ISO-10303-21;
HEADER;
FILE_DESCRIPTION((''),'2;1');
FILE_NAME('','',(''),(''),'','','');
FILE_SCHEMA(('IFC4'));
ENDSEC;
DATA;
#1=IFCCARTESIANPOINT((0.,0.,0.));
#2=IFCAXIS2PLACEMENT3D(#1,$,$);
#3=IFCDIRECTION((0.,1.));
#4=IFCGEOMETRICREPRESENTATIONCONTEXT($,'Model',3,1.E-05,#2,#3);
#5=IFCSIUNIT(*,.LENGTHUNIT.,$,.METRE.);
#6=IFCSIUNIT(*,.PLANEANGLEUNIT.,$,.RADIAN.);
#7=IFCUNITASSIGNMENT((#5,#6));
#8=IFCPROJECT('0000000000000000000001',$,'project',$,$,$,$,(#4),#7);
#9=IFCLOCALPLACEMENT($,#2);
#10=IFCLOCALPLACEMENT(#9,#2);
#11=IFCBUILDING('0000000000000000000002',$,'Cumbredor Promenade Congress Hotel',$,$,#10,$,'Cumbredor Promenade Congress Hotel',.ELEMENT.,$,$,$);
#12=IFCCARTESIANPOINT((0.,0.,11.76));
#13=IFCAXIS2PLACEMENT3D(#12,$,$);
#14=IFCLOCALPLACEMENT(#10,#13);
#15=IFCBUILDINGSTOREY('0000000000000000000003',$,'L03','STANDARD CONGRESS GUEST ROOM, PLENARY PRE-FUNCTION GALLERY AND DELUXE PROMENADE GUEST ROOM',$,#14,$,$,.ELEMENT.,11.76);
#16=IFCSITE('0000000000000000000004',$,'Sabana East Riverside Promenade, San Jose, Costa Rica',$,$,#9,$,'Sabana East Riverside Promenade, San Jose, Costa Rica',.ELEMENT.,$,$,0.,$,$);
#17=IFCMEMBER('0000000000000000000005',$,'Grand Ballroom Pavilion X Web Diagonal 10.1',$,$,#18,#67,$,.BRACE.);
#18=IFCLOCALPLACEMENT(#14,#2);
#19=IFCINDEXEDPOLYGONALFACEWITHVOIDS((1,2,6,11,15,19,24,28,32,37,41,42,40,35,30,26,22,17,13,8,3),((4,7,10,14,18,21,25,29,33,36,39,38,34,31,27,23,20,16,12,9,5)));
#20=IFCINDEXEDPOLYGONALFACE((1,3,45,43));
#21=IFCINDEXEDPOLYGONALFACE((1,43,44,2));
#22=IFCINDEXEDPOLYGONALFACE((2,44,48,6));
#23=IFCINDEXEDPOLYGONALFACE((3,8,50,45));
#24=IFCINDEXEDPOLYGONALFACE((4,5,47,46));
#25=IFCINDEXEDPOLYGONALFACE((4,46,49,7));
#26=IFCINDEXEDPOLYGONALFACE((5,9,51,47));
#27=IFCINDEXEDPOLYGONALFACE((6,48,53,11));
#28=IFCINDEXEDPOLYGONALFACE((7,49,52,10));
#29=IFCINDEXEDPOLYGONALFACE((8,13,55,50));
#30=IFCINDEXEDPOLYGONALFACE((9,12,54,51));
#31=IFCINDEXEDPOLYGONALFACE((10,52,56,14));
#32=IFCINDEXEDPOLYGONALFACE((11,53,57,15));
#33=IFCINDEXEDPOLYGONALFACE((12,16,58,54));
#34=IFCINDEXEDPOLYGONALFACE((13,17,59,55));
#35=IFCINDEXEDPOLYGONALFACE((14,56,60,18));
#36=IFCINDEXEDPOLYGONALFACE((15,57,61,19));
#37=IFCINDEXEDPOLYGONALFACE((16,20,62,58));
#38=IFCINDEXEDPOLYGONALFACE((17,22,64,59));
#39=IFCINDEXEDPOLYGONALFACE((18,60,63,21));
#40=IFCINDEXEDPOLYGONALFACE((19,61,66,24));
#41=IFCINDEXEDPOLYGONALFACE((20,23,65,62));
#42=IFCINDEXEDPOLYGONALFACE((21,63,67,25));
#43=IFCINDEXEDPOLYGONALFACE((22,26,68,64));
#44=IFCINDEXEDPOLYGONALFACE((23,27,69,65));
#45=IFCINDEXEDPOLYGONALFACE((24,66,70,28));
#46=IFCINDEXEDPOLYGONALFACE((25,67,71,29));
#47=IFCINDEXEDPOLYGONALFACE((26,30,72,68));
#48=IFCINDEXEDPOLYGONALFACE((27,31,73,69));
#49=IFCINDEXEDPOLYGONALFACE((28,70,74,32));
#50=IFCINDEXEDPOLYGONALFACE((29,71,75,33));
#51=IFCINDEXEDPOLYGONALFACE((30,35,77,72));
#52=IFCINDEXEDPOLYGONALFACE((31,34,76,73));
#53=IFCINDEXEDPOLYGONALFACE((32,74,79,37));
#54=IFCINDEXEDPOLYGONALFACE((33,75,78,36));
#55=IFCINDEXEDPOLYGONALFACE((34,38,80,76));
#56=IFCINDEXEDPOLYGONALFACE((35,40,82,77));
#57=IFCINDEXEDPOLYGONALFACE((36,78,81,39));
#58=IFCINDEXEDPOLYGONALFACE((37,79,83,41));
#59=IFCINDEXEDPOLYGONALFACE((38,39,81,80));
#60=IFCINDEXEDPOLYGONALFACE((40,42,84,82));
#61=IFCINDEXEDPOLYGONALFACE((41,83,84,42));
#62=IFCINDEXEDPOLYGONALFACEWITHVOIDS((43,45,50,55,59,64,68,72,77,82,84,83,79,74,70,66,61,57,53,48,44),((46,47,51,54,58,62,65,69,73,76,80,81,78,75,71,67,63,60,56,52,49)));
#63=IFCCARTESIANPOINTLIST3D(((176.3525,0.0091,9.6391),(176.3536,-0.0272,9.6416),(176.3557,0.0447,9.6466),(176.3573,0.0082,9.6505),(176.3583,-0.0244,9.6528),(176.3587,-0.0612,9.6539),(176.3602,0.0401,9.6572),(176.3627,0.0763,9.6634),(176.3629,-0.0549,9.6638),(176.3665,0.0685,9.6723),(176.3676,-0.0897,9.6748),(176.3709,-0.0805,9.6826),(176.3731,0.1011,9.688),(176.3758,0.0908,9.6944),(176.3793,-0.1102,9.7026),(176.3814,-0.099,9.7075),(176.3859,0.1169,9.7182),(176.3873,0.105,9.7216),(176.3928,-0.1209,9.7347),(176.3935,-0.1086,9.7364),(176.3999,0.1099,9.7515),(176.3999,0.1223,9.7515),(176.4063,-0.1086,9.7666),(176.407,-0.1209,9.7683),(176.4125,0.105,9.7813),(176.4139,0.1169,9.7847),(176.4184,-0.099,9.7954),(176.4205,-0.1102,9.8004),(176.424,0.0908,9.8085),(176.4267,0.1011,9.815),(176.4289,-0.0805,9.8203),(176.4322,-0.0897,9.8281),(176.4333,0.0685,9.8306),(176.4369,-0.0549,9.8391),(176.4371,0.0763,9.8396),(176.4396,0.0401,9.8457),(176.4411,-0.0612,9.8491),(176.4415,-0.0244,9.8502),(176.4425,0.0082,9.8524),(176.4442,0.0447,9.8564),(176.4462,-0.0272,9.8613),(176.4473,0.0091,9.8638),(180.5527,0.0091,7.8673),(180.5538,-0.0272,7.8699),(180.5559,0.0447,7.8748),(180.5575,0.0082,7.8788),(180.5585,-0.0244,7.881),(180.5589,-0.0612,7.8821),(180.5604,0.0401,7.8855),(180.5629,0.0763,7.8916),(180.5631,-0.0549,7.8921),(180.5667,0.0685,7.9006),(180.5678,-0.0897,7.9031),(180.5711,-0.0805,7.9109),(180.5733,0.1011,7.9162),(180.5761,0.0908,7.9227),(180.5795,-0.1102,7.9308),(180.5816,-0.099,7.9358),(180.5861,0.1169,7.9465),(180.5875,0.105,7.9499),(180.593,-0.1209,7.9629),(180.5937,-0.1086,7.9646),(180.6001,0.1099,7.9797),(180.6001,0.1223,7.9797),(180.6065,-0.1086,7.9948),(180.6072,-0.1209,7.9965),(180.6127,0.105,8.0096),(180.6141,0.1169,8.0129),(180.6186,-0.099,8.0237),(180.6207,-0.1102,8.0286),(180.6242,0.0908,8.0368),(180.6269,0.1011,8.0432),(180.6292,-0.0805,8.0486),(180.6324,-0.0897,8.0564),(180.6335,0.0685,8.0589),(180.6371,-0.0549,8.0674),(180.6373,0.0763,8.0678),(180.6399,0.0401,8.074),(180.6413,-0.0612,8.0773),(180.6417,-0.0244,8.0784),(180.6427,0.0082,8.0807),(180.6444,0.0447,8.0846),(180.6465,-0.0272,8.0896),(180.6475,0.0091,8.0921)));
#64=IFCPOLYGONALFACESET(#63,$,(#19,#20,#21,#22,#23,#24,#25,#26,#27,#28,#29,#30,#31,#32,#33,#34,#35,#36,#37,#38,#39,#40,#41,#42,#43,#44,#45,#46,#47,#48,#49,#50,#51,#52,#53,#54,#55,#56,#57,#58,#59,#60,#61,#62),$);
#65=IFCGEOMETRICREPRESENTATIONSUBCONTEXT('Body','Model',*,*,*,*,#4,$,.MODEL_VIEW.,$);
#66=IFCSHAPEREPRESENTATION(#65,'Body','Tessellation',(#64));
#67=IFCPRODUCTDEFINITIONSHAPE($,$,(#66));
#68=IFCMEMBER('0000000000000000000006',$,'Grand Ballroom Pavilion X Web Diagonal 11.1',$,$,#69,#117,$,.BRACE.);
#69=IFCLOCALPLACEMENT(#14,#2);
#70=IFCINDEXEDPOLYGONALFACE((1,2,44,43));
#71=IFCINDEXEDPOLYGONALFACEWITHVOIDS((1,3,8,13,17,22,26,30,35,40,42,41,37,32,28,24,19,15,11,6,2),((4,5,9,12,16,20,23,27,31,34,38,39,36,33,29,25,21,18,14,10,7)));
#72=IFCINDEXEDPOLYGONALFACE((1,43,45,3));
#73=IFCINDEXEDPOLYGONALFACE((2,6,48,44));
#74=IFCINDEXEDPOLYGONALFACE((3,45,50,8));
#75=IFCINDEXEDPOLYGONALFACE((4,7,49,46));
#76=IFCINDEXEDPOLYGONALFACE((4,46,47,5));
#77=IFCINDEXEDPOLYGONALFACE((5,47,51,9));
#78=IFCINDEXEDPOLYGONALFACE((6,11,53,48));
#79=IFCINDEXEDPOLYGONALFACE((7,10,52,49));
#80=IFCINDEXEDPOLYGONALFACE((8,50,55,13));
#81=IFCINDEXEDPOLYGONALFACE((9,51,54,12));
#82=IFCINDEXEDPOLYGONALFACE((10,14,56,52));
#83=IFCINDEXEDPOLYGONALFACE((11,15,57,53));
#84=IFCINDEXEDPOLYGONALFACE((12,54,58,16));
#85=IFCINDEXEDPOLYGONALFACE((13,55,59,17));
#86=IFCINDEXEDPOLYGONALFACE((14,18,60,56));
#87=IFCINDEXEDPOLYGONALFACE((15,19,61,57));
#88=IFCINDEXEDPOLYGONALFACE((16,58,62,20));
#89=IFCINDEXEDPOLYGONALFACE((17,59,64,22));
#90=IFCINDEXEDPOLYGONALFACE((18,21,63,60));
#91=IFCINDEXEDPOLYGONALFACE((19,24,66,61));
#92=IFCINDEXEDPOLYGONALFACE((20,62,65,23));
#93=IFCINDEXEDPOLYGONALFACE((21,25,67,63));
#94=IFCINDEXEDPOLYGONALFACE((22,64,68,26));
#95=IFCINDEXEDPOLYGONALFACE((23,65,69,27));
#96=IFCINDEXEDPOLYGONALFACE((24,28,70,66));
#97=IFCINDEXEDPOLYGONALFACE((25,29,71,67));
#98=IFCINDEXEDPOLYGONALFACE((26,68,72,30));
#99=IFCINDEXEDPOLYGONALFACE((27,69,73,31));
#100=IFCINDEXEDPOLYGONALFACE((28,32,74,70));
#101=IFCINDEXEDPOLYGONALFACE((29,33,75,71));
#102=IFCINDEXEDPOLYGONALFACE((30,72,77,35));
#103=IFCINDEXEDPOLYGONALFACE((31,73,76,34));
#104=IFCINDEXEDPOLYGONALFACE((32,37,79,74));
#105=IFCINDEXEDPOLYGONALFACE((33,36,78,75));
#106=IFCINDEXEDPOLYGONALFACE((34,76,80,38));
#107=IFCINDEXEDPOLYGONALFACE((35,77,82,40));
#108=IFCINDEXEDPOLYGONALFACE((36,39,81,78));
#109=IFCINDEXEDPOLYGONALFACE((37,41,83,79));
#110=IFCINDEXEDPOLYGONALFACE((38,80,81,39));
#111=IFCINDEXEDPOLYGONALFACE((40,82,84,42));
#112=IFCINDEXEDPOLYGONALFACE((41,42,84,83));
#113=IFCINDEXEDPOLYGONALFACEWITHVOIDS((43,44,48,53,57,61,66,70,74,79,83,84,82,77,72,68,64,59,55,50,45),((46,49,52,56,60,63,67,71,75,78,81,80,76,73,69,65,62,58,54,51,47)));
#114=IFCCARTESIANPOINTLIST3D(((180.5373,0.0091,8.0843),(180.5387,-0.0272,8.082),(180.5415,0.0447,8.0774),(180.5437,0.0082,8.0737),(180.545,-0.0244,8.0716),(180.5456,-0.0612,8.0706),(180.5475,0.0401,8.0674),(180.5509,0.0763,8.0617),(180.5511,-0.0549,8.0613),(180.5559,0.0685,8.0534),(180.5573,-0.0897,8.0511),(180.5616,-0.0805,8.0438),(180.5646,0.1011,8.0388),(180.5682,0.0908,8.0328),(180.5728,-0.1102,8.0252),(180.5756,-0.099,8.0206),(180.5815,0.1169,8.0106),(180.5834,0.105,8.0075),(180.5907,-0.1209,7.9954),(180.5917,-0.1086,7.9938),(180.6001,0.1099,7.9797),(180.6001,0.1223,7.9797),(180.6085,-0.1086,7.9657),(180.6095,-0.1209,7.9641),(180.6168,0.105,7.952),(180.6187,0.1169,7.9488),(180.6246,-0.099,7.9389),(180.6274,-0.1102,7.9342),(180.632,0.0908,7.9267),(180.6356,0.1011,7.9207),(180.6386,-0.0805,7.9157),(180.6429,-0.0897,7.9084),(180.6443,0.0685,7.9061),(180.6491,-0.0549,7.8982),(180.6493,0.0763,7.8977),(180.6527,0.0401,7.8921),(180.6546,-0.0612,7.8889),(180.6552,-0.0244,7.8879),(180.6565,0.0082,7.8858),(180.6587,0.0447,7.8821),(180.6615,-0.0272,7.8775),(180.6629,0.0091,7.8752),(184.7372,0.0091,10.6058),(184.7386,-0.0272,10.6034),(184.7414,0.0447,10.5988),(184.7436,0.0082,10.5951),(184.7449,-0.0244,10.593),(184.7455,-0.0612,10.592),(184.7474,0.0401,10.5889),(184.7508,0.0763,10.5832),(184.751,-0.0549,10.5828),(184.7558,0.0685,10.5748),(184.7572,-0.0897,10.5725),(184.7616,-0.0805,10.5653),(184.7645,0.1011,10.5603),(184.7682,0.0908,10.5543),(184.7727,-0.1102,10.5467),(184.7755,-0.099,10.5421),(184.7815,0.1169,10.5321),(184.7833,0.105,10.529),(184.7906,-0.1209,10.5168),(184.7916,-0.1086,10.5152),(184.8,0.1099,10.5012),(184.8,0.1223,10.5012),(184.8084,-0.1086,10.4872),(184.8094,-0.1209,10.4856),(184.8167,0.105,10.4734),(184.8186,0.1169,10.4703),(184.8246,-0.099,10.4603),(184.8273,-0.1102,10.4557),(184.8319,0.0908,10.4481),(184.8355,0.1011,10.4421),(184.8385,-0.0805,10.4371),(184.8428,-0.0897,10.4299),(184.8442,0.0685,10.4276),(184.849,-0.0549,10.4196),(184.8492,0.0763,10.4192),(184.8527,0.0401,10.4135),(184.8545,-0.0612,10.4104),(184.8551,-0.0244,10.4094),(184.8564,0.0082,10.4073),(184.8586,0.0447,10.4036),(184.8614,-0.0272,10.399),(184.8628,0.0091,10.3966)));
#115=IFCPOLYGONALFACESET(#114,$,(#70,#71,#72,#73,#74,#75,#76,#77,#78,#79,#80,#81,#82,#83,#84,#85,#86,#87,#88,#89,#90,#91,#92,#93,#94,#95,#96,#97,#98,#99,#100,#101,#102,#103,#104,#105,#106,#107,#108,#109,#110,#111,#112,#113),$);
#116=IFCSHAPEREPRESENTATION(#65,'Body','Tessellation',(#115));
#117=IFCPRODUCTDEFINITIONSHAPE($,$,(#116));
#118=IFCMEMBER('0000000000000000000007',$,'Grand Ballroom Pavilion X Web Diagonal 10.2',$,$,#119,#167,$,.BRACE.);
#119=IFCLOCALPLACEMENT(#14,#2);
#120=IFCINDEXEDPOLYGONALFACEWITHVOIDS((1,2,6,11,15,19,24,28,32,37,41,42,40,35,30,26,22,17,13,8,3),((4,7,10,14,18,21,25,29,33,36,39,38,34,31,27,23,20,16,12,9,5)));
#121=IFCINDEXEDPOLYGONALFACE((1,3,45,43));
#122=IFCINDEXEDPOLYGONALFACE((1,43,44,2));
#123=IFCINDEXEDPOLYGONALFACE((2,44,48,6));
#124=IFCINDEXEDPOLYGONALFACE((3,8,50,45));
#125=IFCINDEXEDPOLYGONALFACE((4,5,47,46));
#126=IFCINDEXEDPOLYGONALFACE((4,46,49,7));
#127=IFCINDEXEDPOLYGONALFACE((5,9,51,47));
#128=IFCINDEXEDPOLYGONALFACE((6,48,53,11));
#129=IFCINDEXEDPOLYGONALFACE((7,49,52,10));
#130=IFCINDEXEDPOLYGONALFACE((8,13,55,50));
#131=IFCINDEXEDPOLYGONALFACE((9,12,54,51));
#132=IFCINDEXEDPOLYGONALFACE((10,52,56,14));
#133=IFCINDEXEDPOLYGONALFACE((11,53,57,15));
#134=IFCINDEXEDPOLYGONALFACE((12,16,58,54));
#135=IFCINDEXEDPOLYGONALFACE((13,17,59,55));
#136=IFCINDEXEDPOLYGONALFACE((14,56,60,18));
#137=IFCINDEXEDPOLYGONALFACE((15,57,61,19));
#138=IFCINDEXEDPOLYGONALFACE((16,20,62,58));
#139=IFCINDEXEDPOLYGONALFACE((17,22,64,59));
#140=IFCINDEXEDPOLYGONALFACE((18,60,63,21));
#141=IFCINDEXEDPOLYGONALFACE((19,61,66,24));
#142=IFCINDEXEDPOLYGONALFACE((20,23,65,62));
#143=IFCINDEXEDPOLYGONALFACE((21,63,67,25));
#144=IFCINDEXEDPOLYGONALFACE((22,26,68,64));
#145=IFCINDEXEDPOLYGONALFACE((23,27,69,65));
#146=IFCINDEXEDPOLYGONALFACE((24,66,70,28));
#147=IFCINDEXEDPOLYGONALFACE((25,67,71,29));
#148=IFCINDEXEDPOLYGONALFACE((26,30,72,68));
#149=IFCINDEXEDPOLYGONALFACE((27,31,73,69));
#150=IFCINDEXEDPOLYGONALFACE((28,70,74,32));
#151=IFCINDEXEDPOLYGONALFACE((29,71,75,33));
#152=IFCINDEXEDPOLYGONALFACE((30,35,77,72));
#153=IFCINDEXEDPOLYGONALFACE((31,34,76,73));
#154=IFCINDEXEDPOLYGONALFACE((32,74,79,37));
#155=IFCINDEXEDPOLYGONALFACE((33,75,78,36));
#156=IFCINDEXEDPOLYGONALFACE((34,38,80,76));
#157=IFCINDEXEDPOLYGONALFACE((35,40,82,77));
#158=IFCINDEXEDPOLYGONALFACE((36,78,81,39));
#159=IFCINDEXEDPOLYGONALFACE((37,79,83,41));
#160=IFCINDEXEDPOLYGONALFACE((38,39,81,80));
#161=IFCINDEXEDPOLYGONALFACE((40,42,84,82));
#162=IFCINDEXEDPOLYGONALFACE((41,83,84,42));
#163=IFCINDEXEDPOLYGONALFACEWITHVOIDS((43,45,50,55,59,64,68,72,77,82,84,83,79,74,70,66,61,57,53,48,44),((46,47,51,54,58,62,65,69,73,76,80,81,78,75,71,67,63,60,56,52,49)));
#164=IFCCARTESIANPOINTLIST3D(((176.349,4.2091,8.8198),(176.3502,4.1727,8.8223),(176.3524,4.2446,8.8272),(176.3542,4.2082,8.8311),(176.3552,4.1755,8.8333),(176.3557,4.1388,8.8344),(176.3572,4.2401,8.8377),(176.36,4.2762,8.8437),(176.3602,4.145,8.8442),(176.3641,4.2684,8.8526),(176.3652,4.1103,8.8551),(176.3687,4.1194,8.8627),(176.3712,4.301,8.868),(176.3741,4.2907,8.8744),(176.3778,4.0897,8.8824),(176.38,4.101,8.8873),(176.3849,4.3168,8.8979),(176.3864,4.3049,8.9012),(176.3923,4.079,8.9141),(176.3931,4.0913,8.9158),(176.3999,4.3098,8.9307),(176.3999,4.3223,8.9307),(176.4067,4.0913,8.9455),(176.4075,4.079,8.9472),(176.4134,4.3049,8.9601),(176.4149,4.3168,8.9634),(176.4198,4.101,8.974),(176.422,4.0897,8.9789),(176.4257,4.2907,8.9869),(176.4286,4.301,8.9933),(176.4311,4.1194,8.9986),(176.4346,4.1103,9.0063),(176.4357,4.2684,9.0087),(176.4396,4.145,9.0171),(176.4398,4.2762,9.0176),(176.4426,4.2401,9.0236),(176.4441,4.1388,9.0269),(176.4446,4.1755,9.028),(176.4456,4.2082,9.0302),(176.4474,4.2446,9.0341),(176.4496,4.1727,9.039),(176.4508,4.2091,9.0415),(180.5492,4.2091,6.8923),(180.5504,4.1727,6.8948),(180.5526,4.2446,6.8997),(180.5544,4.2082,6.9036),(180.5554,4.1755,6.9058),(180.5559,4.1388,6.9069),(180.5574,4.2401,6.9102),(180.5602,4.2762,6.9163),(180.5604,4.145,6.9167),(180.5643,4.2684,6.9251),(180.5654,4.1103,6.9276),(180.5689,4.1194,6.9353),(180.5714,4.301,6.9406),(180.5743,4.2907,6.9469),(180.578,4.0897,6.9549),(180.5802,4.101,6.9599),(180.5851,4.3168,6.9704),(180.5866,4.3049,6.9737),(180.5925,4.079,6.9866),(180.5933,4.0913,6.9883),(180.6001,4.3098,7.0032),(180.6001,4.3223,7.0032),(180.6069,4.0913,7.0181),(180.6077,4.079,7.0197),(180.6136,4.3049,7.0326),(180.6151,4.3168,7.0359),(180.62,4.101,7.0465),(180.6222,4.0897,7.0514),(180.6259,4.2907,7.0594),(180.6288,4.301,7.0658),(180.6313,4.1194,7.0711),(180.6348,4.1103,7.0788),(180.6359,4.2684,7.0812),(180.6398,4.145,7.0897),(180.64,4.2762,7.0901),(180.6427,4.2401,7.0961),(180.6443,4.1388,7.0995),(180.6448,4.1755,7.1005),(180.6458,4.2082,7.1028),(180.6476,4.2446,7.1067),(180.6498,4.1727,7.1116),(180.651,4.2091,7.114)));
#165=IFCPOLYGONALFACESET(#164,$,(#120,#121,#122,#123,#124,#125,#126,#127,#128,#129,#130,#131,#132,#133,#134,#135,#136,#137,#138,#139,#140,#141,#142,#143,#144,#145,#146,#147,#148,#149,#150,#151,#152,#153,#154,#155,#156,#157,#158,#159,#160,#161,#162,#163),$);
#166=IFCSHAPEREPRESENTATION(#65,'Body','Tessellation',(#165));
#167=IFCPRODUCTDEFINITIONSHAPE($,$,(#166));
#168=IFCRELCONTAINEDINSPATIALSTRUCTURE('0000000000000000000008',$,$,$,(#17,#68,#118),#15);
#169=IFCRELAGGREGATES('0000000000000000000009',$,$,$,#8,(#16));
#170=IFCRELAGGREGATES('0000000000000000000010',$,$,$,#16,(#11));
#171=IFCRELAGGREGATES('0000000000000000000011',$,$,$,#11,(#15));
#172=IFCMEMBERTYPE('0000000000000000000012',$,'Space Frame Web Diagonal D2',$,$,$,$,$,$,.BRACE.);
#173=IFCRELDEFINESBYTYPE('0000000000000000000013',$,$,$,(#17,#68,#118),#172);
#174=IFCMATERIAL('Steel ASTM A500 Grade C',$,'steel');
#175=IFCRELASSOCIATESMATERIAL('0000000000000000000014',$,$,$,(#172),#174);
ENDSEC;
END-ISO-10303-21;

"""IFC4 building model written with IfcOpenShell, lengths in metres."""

from ifc_helpers import new_model, si_unit, direction, frame, origin, origin_2d, place, context, subcontext, project, spatial, hollow_circle, extrude, material, material_profile, profile_set, type_object, element, save


model = new_model("IFC4")

# Units and contexts
model_context = context("Model", 3, precision=1e-05, world=origin(), true_north=direction((0.0, 1.0)))
body_context = subcontext(model_context, "Body", "Model", "MODEL_VIEW")
ifc_project = project(units=[si_unit("LENGTHUNIT", "METRE"), si_unit("PLANEANGLEUNIT", "RADIAN")], contexts=[model_context])

# Site, building, storey
site_placement = place(None, origin())
site = spatial("IfcSite", under=ifc_project, at=site_placement, Name="Sabana East Riverside Promenade, San Jose, Costa Rica", LongName="Sabana East Riverside Promenade, San Jose, Costa Rica", CompositionType="ELEMENT", RefElevation=0.0)
building_placement = place(site_placement, origin())
building = spatial("IfcBuilding", under=site, at=building_placement, Name="Cumbredor Promenade Congress Hotel", LongName="Cumbredor Promenade Congress Hotel", CompositionType="ELEMENT")
storey_placement = place(building_placement, frame((0.0, 0.0, 11.76)))
storey = spatial("IfcBuildingStorey", under=building, at=storey_placement, Name="L03", Description="STANDARD CONGRESS GUEST ROOM, PLENARY PRE-FUNCTION GALLERY AND DELUXE PROMENADE GUEST ROOM", CompositionType="ELEMENT", Elevation=11.76)

# Shared definitions
ifc_material_1 = material(Name="Steel ASTM A500 Grade C", Category="steel")

# Members
ifc_material_profile_1 = material_profile(ifc_material_1, hollow_circle(Radius=0.1223, WallThickness=0.0125, at=origin_2d()), Name="CHS 244.5x12.5")
ifc_profile_set_1 = profile_set([ifc_material_profile_1], Name="Steel ASTM A500 Grade C")
member_type_1 = type_object("IfcMemberType", Name="Space Frame Web Diagonal D2", PredefinedType="BRACE", material=ifc_profile_set_1)
member_1_placement = place(storey_placement, frame((176.3999, 0.0, 9.7515), z_axis=(0.921382, 0.0, -0.388658), x_axis=(0.0, 1.0, 0.0)))
element("IfcMember", 1, at=member_1_placement, inside=storey, type_object=member_type_1, Name="Grand Ballroom Pavilion X Web Diagonal 10.1", PredefinedType="BRACE", context=body_context, shape_type="SweptSolid", body=[
    extrude(hollow_circle(Radius=0.1223, WallThickness=0.0125, at=origin_2d()), origin(), (0.0, 0.0, 1.0), 4.5586),
])
member_2_placement = place(storey_placement, frame((180.6001, 0.0, 7.9797), z_axis=(0.857357, 0.0, 0.514723), x_axis=(0.0, 1.0, 0.0)))
element("IfcMember", 2, at=member_2_placement, inside=storey, type_object=member_type_1, Name="Grand Ballroom Pavilion X Web Diagonal 11.1", PredefinedType="BRACE", context=body_context, shape_type="SweptSolid", body=[
    extrude(hollow_circle(Radius=0.1223, WallThickness=0.0125, at=origin_2d()), origin(), (0.0, 0.0, 1.0), 4.8987),
])
member_3_placement = place(storey_placement, frame((176.3999, 4.2, 8.9307), z_axis=(0.908868, 0.0, -0.417084), x_axis=(0.0, 1.0, 0.0)))
element("IfcMember", 3, at=member_3_placement, inside=storey, type_object=member_type_1, Name="Grand Ballroom Pavilion X Web Diagonal 10.2", PredefinedType="BRACE", context=body_context, shape_type="SweptSolid", body=[
    extrude(hollow_circle(Radius=0.1223, WallThickness=0.0125, at=origin_2d()), origin(), (0.0, 0.0, 1.0), 4.6213),
])

save(model, "model.ifc")
